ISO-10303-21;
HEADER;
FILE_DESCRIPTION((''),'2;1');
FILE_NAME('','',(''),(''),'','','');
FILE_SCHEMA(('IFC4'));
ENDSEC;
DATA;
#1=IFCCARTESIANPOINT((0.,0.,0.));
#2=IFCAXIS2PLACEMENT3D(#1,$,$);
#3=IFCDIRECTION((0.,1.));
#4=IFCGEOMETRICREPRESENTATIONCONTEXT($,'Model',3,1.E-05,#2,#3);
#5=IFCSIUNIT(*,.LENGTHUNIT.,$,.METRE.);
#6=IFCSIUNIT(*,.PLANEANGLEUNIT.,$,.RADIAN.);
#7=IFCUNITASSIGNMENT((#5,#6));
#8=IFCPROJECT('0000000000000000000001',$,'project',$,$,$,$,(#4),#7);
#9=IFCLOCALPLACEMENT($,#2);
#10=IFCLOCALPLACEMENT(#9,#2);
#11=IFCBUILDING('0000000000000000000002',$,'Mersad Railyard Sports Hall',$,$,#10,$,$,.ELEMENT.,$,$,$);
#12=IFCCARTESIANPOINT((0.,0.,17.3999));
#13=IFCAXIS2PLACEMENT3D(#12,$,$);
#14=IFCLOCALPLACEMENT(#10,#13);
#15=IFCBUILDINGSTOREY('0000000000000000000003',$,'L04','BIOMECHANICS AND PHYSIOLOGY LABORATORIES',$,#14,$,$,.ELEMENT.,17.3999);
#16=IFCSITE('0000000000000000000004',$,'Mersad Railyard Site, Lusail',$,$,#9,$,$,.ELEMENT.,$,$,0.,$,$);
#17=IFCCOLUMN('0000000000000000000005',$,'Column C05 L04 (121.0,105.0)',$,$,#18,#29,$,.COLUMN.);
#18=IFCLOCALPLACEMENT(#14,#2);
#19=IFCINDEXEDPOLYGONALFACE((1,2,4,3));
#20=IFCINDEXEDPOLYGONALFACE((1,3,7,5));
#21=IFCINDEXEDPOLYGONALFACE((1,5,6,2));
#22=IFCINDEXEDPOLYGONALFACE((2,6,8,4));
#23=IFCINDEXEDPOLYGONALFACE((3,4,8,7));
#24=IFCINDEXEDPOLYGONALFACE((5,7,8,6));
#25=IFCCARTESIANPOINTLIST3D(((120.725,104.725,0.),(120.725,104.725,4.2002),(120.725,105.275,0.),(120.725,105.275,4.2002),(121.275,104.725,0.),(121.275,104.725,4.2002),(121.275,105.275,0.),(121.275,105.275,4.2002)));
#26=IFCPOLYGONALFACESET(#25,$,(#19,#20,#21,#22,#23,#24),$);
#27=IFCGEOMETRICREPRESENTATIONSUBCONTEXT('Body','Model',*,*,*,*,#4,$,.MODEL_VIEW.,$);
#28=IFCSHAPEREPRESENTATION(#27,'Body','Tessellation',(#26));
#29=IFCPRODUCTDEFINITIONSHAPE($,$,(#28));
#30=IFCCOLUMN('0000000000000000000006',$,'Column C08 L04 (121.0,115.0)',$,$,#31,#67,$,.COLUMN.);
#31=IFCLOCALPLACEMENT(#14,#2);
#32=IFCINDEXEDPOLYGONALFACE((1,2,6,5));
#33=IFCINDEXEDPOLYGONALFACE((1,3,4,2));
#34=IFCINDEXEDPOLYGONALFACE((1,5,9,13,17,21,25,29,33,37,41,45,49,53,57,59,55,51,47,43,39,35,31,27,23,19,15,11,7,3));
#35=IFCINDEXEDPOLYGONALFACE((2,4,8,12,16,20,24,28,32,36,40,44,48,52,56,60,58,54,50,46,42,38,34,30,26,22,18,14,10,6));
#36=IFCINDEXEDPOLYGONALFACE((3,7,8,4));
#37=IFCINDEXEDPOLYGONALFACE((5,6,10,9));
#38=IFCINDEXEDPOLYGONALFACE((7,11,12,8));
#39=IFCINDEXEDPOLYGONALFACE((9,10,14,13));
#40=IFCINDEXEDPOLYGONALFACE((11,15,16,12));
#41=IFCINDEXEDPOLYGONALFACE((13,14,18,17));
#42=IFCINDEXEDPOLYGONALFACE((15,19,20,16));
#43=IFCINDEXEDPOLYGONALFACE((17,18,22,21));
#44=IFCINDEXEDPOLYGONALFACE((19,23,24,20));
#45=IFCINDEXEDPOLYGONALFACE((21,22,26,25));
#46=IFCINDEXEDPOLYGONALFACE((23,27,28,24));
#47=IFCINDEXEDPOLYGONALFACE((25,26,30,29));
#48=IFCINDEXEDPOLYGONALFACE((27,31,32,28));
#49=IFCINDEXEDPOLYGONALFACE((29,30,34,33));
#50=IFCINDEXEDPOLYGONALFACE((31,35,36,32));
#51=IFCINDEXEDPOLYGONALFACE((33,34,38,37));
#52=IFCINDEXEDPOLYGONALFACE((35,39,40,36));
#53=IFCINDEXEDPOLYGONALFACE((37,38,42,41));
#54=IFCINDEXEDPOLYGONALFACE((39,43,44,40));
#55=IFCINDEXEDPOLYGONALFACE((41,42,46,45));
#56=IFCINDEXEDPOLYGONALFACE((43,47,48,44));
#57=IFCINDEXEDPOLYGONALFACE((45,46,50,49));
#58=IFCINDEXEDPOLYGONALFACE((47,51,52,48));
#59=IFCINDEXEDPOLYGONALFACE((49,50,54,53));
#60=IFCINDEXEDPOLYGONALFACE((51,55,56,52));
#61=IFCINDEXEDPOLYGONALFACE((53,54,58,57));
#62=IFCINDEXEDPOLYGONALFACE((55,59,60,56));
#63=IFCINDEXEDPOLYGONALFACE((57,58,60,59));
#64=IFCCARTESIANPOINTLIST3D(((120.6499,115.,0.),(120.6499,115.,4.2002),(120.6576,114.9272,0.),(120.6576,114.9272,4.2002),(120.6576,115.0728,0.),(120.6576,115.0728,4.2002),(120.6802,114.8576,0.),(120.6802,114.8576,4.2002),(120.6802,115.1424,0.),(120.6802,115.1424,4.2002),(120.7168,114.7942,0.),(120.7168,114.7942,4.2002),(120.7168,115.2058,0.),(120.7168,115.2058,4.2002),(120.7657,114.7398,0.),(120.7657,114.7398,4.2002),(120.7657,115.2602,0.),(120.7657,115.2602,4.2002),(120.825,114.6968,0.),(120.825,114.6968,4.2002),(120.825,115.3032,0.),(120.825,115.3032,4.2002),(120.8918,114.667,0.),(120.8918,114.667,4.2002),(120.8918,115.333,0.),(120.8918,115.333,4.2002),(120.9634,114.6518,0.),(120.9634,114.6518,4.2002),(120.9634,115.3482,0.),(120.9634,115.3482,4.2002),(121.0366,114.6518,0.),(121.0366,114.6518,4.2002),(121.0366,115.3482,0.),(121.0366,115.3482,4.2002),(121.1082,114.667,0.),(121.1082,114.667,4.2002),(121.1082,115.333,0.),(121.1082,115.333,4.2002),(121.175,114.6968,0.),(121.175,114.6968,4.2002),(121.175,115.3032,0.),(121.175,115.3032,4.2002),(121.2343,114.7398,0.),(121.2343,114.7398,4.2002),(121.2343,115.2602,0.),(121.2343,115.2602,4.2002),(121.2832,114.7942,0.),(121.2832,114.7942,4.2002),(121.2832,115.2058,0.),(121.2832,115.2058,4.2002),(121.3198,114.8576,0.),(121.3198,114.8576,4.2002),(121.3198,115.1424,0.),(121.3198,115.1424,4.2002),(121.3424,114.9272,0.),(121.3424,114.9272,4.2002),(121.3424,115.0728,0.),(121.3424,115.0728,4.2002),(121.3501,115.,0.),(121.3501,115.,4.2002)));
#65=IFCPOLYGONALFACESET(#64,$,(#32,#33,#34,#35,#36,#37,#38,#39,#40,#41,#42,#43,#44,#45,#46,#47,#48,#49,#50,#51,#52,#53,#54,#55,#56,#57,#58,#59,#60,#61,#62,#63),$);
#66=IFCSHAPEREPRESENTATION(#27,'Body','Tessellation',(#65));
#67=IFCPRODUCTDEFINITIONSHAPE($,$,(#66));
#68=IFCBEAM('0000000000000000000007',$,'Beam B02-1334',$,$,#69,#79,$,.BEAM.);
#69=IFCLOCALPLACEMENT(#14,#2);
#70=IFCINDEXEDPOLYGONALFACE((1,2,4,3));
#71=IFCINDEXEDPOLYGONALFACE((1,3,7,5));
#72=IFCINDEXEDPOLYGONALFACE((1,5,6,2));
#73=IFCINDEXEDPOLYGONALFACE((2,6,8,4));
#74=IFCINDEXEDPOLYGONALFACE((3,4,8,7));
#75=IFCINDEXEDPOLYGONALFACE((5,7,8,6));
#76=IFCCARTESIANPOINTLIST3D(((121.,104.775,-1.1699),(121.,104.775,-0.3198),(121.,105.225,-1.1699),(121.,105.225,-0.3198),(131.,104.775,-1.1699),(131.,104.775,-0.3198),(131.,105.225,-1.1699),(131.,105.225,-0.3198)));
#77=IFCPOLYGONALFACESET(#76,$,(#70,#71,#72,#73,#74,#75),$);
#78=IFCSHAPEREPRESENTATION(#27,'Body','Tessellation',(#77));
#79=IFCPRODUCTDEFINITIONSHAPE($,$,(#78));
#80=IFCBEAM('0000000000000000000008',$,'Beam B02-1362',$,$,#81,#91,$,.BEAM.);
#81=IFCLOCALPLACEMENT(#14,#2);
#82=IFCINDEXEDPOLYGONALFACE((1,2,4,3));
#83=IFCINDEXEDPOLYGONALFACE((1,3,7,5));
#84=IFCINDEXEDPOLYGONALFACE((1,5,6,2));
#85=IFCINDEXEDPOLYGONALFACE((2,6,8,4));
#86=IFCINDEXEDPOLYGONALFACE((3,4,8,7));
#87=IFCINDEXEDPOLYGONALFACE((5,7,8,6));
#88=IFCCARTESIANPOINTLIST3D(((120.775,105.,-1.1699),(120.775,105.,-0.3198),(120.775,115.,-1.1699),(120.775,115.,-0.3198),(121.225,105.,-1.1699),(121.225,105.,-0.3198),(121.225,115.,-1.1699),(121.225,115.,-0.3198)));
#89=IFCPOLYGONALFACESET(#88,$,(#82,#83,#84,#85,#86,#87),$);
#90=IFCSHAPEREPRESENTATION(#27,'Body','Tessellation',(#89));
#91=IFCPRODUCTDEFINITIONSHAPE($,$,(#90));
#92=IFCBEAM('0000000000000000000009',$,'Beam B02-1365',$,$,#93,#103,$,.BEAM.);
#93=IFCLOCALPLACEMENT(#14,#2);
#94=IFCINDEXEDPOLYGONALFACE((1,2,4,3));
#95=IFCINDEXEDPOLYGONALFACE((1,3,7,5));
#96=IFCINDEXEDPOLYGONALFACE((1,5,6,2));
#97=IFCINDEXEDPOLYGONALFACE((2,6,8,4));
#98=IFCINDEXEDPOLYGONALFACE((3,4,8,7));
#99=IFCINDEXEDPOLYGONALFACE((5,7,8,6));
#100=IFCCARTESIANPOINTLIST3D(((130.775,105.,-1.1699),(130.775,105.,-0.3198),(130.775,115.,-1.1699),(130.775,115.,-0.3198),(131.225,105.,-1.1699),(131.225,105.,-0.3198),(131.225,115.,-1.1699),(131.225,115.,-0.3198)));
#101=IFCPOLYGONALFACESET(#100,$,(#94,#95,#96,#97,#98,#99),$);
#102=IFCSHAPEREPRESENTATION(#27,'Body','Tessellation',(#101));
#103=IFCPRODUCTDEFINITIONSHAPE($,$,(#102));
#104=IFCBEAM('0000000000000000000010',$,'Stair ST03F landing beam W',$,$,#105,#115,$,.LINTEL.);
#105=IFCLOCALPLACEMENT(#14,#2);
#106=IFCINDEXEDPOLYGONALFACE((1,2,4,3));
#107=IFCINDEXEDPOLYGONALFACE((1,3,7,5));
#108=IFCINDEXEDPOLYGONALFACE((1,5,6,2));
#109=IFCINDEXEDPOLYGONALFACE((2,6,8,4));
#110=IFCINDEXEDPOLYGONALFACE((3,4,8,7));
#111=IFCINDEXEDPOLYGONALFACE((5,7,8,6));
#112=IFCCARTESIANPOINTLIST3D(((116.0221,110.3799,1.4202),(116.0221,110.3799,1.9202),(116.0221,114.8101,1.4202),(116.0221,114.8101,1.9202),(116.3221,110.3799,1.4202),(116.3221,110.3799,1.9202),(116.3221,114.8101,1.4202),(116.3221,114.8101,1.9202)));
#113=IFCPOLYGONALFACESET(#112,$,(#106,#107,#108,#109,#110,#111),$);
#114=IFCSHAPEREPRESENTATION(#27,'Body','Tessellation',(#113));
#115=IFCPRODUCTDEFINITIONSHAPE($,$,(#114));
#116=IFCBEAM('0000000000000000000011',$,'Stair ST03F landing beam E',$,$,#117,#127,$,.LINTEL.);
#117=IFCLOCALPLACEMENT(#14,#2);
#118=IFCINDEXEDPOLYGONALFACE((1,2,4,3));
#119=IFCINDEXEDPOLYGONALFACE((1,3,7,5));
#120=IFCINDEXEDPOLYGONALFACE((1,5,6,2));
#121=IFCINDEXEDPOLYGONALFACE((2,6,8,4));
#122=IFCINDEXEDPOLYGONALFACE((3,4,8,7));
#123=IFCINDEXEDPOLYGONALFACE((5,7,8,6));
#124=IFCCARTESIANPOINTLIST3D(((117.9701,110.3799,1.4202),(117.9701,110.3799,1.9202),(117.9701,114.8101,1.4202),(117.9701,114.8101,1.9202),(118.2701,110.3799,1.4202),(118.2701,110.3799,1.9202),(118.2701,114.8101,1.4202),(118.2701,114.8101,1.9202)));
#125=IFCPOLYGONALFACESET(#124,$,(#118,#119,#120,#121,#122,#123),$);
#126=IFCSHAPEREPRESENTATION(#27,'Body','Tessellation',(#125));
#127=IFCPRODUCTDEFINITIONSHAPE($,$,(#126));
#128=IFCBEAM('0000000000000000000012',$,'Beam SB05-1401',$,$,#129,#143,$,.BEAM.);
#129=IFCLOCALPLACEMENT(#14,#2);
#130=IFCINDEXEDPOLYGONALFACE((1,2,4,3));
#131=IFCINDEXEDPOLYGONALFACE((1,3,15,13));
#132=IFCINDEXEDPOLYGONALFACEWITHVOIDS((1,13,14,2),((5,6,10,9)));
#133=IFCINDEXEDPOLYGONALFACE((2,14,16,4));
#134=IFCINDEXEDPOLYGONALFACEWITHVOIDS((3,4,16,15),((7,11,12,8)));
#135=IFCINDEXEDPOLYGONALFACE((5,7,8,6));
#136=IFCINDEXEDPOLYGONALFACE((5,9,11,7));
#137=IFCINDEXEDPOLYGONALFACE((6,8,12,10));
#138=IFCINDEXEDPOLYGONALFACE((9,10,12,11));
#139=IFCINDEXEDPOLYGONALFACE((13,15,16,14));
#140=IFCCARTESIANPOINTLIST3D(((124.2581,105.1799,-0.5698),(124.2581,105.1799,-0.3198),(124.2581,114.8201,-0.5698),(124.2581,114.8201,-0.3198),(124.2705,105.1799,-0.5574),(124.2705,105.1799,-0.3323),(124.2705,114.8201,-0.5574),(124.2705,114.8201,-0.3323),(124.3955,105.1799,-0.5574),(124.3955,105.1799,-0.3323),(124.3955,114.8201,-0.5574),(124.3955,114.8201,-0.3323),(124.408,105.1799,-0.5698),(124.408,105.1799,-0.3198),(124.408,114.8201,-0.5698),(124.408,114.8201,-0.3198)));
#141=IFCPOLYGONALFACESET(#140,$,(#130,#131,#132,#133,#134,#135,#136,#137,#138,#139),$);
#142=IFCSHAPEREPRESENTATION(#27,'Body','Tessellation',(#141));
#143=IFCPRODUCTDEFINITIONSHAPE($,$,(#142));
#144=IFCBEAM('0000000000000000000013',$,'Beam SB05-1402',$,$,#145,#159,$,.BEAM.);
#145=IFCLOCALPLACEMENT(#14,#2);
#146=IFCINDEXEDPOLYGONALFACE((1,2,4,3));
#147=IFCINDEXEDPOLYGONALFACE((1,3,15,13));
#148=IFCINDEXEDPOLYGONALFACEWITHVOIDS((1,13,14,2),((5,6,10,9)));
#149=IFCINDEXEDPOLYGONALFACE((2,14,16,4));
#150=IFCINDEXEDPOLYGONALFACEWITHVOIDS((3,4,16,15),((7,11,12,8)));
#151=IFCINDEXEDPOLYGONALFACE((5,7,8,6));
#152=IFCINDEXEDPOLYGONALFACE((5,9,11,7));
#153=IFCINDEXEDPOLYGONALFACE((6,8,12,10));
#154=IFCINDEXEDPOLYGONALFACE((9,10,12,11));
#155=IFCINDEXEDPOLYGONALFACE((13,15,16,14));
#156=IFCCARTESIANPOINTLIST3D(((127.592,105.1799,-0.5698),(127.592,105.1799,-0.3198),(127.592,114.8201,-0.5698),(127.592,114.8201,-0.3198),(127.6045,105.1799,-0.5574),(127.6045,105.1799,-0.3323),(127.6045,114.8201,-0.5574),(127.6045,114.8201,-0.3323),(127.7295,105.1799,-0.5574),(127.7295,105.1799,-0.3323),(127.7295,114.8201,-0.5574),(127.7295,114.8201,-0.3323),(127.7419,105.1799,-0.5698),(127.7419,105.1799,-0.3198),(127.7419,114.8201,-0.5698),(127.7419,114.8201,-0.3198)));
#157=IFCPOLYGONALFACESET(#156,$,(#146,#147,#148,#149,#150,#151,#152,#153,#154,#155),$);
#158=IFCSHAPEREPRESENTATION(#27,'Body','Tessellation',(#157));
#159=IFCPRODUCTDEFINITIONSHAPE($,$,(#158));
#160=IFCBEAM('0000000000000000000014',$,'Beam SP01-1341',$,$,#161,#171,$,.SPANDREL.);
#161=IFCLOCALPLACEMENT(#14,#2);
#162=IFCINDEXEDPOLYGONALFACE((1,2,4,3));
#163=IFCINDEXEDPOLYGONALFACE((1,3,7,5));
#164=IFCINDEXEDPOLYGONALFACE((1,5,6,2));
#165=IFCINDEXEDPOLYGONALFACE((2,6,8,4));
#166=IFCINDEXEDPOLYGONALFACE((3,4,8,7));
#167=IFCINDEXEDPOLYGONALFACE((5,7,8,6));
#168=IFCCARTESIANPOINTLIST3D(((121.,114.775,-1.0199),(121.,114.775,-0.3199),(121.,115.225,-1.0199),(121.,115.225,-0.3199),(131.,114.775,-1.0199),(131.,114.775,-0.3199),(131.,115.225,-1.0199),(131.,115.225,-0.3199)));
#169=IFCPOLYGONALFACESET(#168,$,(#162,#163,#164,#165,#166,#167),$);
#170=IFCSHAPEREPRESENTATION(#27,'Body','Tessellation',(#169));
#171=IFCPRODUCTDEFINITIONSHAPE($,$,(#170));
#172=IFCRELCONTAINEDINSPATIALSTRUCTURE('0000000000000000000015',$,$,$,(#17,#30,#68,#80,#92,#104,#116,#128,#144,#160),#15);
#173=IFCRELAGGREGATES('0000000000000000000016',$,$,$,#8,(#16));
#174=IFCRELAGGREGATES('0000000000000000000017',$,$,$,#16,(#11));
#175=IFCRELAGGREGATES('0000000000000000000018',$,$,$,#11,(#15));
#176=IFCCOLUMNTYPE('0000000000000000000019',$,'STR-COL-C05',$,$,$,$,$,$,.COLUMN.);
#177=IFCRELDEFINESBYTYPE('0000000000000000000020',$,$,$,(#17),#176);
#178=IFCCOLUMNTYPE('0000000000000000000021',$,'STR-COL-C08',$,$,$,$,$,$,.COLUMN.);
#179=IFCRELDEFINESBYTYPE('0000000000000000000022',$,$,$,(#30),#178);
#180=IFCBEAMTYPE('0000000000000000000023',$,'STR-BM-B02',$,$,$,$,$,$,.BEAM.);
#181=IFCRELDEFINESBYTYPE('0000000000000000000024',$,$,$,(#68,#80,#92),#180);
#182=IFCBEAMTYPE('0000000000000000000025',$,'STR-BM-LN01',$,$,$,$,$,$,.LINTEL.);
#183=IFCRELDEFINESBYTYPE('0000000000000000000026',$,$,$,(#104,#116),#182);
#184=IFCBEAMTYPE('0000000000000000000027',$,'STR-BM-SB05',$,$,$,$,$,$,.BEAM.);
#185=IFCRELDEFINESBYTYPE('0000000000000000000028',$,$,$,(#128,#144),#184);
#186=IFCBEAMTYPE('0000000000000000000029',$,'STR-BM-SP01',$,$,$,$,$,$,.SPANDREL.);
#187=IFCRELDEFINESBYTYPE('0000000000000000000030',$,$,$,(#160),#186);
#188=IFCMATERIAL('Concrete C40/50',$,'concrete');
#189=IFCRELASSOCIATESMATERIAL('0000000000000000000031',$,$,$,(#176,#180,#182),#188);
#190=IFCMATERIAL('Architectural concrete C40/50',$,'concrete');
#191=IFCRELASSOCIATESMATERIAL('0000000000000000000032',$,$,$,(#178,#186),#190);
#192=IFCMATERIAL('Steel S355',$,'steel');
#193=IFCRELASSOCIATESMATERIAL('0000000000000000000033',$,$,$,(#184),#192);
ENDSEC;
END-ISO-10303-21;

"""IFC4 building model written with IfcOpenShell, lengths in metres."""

from ifc_helpers import new_model, si_unit, direction, frame, origin, origin_2d, place, context, subcontext, project, spatial, rectangle, hollow_rectangle, circle, extrude, material, material_profile, profile_set, type_object, element, save


model = new_model("IFC4")

# Units and contexts
model_context = context("Model", 3, precision=1e-05, world=origin(), true_north=direction((0.0, 1.0)))
body_context = subcontext(model_context, "Body", "Model", "MODEL_VIEW")
ifc_project = project(units=[si_unit("LENGTHUNIT", "METRE"), si_unit("PLANEANGLEUNIT", "RADIAN")], contexts=[model_context])

# Site, building, storey
site_placement = place(None, origin())
site = spatial("IfcSite", under=ifc_project, at=site_placement, Name="Mersad Railyard Site, Lusail", CompositionType="ELEMENT", RefElevation=0.0)
building_placement = place(site_placement, origin())
building = spatial("IfcBuilding", under=site, at=building_placement, Name="Mersad Railyard Sports Hall", CompositionType="ELEMENT")
storey_placement = place(building_placement, frame((0.0, 0.0, 17.3999)))
storey = spatial("IfcBuildingStorey", under=building, at=storey_placement, Name="L04", Description="BIOMECHANICS AND PHYSIOLOGY LABORATORIES", CompositionType="ELEMENT", Elevation=17.3999)

# Columns
ifc_material_1 = material(Name="Concrete C40/50", Category="concrete")
ifc_material_profile_1 = material_profile(ifc_material_1, rectangle(XDim=0.55, YDim=0.55, at=origin_2d()), Name="RC 550x550")
ifc_profile_set_1 = profile_set([ifc_material_profile_1], Name="Concrete C40/50")
column_type_1 = type_object("IfcColumnType", Name="STR-COL-C05", PredefinedType="COLUMN", material=ifc_profile_set_1)
column_1_placement = place(storey_placement, frame((121.0, 105.0, 0.0), z_axis=(0.0, 0.0, 1.0), x_axis=(1.0, 0.0, 0.0)))
element("IfcColumn", 1, at=column_1_placement, inside=storey, type_object=column_type_1, Name="Column C05 L04 (121.0,105.0)", PredefinedType="COLUMN", context=body_context, shape_type="SweptSolid", body=[
    extrude(rectangle(XDim=0.55, YDim=0.55, at=origin_2d()), origin(), (0.0, 0.0, 1.0), 4.2002),
])
ifc_material_2 = material(Name="Architectural concrete C40/50", Category="concrete")
ifc_material_profile_2 = material_profile(ifc_material_2, circle(Radius=0.3501, at=origin_2d()), Name="RC D700")
ifc_profile_set_2 = profile_set([ifc_material_profile_2], Name="Architectural concrete C40/50")
column_type_2 = type_object("IfcColumnType", Name="STR-COL-C08", PredefinedType="COLUMN", material=ifc_profile_set_2)
column_2_placement = place(storey_placement, frame((121.0, 115.0, 0.0), z_axis=(0.0, 0.0, 1.0), x_axis=(1.0, 0.0, 0.0)))
element("IfcColumn", 2, at=column_2_placement, inside=storey, type_object=column_type_2, Name="Column C08 L04 (121.0,115.0)", PredefinedType="COLUMN", context=body_context, shape_type="SweptSolid", body=[
    extrude(circle(Radius=0.3501, at=origin_2d()), origin(), (0.0, 0.0, 1.0), 4.2002),
])

# Beams
ifc_material_profile_3 = material_profile(ifc_material_1, rectangle(XDim=0.45, YDim=0.8501, at=origin_2d()), Name="RC 450x850")
ifc_profile_set_3 = profile_set([ifc_material_profile_3], Name="Concrete C40/50")
beam_type_1 = type_object("IfcBeamType", Name="STR-BM-B02", PredefinedType="BEAM", material=ifc_profile_set_3)
for number, where, z_axis, x_axis, name in (
    (3, (121.0, 105.0, -0.7449), (1.0, 0.0, 0.0), (0.0, 1.0, 0.0), "Beam B02-1334"),
    (4, (121.0, 105.0, -0.7449), (0.0, 1.0, 0.0), (-1.0, 0.0, 0.0), "Beam B02-1362"),
    (5, (131.0, 105.0, -0.7449), (0.0, 1.0, 0.0), (-1.0, 0.0, 0.0), "Beam B02-1365"),
):
    element("IfcBeam", number, at=place(storey_placement, frame(where, z_axis=z_axis, x_axis=x_axis)), inside=storey, type_object=beam_type_1, Name=name, PredefinedType="BEAM", context=body_context, shape_type="SweptSolid", body=[
        extrude(rectangle(XDim=0.45, YDim=0.8501, at=origin_2d()), origin(), (0.0, 0.0, 1.0), 10.0),
    ])
ifc_material_profile_4 = material_profile(ifc_material_1, rectangle(XDim=0.3, YDim=0.5, at=origin_2d()), Name="RC 300x500")
ifc_profile_set_4 = profile_set([ifc_material_profile_4], Name="Concrete C40/50")
beam_type_2 = type_object("IfcBeamType", Name="STR-BM-LN01", PredefinedType="LINTEL", material=ifc_profile_set_4)
for number, where, z_axis, x_axis, name in (
    (6, (116.1721, 110.3799, 1.6702), (0.0, 1.0, 0.0), (-1.0, 0.0, 0.0), "Stair ST03F landing beam W"),
    (7, (118.1201, 110.3799, 1.6702), (0.0, 1.0, 0.0), (-1.0, 0.0, 0.0), "Stair ST03F landing beam E"),
):
    element("IfcBeam", number, at=place(storey_placement, frame(where, z_axis=z_axis, x_axis=x_axis)), inside=storey, type_object=beam_type_2, Name=name, PredefinedType="LINTEL", context=body_context, shape_type="SweptSolid", body=[
        extrude(rectangle(XDim=0.3, YDim=0.5, at=origin_2d()), origin(), (0.0, 0.0, 1.0), 4.4302),
    ])
ifc_material_3 = material(Name="Steel S355", Category="steel")
ifc_material_profile_5 = material_profile(ifc_material_3, hollow_rectangle(XDim=0.1499, YDim=0.25, WallThickness=0.0125, at=origin_2d()), Name="RHS 250x150x12.5")
ifc_profile_set_5 = profile_set([ifc_material_profile_5], Name="Steel S355")
beam_type_3 = type_object("IfcBeamType", Name="STR-BM-SB05", PredefinedType="BEAM", material=ifc_profile_set_5)
for number, where, z_axis, x_axis, name in (
    (8, (124.333, 105.1799, -0.4448), (0.0, 1.0, 0.0), (-1.0, 0.0, 0.0), "Beam SB05-1401"),
    (9, (127.667, 105.1799, -0.4448), (0.0, 1.0, 0.0), (-1.0, 0.0, 0.0), "Beam SB05-1402"),
):
    element("IfcBeam", number, at=place(storey_placement, frame(where, z_axis=z_axis, x_axis=x_axis)), inside=storey, type_object=beam_type_3, Name=name, PredefinedType="BEAM", context=body_context, shape_type="SweptSolid", body=[
        extrude(hollow_rectangle(XDim=0.1499, YDim=0.25, WallThickness=0.0125, at=origin_2d()), origin(), (0.0, 0.0, 1.0), 9.6401),
    ])
ifc_material_profile_6 = material_profile(ifc_material_2, rectangle(XDim=0.45, YDim=0.7, at=origin_2d()), Name="RC 450x700")
ifc_profile_set_6 = profile_set([ifc_material_profile_6], Name="Architectural concrete C40/50")
beam_type_4 = type_object("IfcBeamType", Name="STR-BM-SP01", PredefinedType="SPANDREL", material=ifc_profile_set_6)
beam_placement = place(storey_placement, frame((121.0, 115.0, -0.6699), z_axis=(1.0, 0.0, 0.0), x_axis=(0.0, 1.0, 0.0)))
element("IfcBeam", 10, at=beam_placement, inside=storey, type_object=beam_type_4, Name="Beam SP01-1341", PredefinedType="SPANDREL", context=body_context, shape_type="SweptSolid", body=[
    extrude(rectangle(XDim=0.45, YDim=0.7, at=origin_2d()), origin(), (0.0, 0.0, 1.0), 10.0),
])

save(model, "model.ifc")
